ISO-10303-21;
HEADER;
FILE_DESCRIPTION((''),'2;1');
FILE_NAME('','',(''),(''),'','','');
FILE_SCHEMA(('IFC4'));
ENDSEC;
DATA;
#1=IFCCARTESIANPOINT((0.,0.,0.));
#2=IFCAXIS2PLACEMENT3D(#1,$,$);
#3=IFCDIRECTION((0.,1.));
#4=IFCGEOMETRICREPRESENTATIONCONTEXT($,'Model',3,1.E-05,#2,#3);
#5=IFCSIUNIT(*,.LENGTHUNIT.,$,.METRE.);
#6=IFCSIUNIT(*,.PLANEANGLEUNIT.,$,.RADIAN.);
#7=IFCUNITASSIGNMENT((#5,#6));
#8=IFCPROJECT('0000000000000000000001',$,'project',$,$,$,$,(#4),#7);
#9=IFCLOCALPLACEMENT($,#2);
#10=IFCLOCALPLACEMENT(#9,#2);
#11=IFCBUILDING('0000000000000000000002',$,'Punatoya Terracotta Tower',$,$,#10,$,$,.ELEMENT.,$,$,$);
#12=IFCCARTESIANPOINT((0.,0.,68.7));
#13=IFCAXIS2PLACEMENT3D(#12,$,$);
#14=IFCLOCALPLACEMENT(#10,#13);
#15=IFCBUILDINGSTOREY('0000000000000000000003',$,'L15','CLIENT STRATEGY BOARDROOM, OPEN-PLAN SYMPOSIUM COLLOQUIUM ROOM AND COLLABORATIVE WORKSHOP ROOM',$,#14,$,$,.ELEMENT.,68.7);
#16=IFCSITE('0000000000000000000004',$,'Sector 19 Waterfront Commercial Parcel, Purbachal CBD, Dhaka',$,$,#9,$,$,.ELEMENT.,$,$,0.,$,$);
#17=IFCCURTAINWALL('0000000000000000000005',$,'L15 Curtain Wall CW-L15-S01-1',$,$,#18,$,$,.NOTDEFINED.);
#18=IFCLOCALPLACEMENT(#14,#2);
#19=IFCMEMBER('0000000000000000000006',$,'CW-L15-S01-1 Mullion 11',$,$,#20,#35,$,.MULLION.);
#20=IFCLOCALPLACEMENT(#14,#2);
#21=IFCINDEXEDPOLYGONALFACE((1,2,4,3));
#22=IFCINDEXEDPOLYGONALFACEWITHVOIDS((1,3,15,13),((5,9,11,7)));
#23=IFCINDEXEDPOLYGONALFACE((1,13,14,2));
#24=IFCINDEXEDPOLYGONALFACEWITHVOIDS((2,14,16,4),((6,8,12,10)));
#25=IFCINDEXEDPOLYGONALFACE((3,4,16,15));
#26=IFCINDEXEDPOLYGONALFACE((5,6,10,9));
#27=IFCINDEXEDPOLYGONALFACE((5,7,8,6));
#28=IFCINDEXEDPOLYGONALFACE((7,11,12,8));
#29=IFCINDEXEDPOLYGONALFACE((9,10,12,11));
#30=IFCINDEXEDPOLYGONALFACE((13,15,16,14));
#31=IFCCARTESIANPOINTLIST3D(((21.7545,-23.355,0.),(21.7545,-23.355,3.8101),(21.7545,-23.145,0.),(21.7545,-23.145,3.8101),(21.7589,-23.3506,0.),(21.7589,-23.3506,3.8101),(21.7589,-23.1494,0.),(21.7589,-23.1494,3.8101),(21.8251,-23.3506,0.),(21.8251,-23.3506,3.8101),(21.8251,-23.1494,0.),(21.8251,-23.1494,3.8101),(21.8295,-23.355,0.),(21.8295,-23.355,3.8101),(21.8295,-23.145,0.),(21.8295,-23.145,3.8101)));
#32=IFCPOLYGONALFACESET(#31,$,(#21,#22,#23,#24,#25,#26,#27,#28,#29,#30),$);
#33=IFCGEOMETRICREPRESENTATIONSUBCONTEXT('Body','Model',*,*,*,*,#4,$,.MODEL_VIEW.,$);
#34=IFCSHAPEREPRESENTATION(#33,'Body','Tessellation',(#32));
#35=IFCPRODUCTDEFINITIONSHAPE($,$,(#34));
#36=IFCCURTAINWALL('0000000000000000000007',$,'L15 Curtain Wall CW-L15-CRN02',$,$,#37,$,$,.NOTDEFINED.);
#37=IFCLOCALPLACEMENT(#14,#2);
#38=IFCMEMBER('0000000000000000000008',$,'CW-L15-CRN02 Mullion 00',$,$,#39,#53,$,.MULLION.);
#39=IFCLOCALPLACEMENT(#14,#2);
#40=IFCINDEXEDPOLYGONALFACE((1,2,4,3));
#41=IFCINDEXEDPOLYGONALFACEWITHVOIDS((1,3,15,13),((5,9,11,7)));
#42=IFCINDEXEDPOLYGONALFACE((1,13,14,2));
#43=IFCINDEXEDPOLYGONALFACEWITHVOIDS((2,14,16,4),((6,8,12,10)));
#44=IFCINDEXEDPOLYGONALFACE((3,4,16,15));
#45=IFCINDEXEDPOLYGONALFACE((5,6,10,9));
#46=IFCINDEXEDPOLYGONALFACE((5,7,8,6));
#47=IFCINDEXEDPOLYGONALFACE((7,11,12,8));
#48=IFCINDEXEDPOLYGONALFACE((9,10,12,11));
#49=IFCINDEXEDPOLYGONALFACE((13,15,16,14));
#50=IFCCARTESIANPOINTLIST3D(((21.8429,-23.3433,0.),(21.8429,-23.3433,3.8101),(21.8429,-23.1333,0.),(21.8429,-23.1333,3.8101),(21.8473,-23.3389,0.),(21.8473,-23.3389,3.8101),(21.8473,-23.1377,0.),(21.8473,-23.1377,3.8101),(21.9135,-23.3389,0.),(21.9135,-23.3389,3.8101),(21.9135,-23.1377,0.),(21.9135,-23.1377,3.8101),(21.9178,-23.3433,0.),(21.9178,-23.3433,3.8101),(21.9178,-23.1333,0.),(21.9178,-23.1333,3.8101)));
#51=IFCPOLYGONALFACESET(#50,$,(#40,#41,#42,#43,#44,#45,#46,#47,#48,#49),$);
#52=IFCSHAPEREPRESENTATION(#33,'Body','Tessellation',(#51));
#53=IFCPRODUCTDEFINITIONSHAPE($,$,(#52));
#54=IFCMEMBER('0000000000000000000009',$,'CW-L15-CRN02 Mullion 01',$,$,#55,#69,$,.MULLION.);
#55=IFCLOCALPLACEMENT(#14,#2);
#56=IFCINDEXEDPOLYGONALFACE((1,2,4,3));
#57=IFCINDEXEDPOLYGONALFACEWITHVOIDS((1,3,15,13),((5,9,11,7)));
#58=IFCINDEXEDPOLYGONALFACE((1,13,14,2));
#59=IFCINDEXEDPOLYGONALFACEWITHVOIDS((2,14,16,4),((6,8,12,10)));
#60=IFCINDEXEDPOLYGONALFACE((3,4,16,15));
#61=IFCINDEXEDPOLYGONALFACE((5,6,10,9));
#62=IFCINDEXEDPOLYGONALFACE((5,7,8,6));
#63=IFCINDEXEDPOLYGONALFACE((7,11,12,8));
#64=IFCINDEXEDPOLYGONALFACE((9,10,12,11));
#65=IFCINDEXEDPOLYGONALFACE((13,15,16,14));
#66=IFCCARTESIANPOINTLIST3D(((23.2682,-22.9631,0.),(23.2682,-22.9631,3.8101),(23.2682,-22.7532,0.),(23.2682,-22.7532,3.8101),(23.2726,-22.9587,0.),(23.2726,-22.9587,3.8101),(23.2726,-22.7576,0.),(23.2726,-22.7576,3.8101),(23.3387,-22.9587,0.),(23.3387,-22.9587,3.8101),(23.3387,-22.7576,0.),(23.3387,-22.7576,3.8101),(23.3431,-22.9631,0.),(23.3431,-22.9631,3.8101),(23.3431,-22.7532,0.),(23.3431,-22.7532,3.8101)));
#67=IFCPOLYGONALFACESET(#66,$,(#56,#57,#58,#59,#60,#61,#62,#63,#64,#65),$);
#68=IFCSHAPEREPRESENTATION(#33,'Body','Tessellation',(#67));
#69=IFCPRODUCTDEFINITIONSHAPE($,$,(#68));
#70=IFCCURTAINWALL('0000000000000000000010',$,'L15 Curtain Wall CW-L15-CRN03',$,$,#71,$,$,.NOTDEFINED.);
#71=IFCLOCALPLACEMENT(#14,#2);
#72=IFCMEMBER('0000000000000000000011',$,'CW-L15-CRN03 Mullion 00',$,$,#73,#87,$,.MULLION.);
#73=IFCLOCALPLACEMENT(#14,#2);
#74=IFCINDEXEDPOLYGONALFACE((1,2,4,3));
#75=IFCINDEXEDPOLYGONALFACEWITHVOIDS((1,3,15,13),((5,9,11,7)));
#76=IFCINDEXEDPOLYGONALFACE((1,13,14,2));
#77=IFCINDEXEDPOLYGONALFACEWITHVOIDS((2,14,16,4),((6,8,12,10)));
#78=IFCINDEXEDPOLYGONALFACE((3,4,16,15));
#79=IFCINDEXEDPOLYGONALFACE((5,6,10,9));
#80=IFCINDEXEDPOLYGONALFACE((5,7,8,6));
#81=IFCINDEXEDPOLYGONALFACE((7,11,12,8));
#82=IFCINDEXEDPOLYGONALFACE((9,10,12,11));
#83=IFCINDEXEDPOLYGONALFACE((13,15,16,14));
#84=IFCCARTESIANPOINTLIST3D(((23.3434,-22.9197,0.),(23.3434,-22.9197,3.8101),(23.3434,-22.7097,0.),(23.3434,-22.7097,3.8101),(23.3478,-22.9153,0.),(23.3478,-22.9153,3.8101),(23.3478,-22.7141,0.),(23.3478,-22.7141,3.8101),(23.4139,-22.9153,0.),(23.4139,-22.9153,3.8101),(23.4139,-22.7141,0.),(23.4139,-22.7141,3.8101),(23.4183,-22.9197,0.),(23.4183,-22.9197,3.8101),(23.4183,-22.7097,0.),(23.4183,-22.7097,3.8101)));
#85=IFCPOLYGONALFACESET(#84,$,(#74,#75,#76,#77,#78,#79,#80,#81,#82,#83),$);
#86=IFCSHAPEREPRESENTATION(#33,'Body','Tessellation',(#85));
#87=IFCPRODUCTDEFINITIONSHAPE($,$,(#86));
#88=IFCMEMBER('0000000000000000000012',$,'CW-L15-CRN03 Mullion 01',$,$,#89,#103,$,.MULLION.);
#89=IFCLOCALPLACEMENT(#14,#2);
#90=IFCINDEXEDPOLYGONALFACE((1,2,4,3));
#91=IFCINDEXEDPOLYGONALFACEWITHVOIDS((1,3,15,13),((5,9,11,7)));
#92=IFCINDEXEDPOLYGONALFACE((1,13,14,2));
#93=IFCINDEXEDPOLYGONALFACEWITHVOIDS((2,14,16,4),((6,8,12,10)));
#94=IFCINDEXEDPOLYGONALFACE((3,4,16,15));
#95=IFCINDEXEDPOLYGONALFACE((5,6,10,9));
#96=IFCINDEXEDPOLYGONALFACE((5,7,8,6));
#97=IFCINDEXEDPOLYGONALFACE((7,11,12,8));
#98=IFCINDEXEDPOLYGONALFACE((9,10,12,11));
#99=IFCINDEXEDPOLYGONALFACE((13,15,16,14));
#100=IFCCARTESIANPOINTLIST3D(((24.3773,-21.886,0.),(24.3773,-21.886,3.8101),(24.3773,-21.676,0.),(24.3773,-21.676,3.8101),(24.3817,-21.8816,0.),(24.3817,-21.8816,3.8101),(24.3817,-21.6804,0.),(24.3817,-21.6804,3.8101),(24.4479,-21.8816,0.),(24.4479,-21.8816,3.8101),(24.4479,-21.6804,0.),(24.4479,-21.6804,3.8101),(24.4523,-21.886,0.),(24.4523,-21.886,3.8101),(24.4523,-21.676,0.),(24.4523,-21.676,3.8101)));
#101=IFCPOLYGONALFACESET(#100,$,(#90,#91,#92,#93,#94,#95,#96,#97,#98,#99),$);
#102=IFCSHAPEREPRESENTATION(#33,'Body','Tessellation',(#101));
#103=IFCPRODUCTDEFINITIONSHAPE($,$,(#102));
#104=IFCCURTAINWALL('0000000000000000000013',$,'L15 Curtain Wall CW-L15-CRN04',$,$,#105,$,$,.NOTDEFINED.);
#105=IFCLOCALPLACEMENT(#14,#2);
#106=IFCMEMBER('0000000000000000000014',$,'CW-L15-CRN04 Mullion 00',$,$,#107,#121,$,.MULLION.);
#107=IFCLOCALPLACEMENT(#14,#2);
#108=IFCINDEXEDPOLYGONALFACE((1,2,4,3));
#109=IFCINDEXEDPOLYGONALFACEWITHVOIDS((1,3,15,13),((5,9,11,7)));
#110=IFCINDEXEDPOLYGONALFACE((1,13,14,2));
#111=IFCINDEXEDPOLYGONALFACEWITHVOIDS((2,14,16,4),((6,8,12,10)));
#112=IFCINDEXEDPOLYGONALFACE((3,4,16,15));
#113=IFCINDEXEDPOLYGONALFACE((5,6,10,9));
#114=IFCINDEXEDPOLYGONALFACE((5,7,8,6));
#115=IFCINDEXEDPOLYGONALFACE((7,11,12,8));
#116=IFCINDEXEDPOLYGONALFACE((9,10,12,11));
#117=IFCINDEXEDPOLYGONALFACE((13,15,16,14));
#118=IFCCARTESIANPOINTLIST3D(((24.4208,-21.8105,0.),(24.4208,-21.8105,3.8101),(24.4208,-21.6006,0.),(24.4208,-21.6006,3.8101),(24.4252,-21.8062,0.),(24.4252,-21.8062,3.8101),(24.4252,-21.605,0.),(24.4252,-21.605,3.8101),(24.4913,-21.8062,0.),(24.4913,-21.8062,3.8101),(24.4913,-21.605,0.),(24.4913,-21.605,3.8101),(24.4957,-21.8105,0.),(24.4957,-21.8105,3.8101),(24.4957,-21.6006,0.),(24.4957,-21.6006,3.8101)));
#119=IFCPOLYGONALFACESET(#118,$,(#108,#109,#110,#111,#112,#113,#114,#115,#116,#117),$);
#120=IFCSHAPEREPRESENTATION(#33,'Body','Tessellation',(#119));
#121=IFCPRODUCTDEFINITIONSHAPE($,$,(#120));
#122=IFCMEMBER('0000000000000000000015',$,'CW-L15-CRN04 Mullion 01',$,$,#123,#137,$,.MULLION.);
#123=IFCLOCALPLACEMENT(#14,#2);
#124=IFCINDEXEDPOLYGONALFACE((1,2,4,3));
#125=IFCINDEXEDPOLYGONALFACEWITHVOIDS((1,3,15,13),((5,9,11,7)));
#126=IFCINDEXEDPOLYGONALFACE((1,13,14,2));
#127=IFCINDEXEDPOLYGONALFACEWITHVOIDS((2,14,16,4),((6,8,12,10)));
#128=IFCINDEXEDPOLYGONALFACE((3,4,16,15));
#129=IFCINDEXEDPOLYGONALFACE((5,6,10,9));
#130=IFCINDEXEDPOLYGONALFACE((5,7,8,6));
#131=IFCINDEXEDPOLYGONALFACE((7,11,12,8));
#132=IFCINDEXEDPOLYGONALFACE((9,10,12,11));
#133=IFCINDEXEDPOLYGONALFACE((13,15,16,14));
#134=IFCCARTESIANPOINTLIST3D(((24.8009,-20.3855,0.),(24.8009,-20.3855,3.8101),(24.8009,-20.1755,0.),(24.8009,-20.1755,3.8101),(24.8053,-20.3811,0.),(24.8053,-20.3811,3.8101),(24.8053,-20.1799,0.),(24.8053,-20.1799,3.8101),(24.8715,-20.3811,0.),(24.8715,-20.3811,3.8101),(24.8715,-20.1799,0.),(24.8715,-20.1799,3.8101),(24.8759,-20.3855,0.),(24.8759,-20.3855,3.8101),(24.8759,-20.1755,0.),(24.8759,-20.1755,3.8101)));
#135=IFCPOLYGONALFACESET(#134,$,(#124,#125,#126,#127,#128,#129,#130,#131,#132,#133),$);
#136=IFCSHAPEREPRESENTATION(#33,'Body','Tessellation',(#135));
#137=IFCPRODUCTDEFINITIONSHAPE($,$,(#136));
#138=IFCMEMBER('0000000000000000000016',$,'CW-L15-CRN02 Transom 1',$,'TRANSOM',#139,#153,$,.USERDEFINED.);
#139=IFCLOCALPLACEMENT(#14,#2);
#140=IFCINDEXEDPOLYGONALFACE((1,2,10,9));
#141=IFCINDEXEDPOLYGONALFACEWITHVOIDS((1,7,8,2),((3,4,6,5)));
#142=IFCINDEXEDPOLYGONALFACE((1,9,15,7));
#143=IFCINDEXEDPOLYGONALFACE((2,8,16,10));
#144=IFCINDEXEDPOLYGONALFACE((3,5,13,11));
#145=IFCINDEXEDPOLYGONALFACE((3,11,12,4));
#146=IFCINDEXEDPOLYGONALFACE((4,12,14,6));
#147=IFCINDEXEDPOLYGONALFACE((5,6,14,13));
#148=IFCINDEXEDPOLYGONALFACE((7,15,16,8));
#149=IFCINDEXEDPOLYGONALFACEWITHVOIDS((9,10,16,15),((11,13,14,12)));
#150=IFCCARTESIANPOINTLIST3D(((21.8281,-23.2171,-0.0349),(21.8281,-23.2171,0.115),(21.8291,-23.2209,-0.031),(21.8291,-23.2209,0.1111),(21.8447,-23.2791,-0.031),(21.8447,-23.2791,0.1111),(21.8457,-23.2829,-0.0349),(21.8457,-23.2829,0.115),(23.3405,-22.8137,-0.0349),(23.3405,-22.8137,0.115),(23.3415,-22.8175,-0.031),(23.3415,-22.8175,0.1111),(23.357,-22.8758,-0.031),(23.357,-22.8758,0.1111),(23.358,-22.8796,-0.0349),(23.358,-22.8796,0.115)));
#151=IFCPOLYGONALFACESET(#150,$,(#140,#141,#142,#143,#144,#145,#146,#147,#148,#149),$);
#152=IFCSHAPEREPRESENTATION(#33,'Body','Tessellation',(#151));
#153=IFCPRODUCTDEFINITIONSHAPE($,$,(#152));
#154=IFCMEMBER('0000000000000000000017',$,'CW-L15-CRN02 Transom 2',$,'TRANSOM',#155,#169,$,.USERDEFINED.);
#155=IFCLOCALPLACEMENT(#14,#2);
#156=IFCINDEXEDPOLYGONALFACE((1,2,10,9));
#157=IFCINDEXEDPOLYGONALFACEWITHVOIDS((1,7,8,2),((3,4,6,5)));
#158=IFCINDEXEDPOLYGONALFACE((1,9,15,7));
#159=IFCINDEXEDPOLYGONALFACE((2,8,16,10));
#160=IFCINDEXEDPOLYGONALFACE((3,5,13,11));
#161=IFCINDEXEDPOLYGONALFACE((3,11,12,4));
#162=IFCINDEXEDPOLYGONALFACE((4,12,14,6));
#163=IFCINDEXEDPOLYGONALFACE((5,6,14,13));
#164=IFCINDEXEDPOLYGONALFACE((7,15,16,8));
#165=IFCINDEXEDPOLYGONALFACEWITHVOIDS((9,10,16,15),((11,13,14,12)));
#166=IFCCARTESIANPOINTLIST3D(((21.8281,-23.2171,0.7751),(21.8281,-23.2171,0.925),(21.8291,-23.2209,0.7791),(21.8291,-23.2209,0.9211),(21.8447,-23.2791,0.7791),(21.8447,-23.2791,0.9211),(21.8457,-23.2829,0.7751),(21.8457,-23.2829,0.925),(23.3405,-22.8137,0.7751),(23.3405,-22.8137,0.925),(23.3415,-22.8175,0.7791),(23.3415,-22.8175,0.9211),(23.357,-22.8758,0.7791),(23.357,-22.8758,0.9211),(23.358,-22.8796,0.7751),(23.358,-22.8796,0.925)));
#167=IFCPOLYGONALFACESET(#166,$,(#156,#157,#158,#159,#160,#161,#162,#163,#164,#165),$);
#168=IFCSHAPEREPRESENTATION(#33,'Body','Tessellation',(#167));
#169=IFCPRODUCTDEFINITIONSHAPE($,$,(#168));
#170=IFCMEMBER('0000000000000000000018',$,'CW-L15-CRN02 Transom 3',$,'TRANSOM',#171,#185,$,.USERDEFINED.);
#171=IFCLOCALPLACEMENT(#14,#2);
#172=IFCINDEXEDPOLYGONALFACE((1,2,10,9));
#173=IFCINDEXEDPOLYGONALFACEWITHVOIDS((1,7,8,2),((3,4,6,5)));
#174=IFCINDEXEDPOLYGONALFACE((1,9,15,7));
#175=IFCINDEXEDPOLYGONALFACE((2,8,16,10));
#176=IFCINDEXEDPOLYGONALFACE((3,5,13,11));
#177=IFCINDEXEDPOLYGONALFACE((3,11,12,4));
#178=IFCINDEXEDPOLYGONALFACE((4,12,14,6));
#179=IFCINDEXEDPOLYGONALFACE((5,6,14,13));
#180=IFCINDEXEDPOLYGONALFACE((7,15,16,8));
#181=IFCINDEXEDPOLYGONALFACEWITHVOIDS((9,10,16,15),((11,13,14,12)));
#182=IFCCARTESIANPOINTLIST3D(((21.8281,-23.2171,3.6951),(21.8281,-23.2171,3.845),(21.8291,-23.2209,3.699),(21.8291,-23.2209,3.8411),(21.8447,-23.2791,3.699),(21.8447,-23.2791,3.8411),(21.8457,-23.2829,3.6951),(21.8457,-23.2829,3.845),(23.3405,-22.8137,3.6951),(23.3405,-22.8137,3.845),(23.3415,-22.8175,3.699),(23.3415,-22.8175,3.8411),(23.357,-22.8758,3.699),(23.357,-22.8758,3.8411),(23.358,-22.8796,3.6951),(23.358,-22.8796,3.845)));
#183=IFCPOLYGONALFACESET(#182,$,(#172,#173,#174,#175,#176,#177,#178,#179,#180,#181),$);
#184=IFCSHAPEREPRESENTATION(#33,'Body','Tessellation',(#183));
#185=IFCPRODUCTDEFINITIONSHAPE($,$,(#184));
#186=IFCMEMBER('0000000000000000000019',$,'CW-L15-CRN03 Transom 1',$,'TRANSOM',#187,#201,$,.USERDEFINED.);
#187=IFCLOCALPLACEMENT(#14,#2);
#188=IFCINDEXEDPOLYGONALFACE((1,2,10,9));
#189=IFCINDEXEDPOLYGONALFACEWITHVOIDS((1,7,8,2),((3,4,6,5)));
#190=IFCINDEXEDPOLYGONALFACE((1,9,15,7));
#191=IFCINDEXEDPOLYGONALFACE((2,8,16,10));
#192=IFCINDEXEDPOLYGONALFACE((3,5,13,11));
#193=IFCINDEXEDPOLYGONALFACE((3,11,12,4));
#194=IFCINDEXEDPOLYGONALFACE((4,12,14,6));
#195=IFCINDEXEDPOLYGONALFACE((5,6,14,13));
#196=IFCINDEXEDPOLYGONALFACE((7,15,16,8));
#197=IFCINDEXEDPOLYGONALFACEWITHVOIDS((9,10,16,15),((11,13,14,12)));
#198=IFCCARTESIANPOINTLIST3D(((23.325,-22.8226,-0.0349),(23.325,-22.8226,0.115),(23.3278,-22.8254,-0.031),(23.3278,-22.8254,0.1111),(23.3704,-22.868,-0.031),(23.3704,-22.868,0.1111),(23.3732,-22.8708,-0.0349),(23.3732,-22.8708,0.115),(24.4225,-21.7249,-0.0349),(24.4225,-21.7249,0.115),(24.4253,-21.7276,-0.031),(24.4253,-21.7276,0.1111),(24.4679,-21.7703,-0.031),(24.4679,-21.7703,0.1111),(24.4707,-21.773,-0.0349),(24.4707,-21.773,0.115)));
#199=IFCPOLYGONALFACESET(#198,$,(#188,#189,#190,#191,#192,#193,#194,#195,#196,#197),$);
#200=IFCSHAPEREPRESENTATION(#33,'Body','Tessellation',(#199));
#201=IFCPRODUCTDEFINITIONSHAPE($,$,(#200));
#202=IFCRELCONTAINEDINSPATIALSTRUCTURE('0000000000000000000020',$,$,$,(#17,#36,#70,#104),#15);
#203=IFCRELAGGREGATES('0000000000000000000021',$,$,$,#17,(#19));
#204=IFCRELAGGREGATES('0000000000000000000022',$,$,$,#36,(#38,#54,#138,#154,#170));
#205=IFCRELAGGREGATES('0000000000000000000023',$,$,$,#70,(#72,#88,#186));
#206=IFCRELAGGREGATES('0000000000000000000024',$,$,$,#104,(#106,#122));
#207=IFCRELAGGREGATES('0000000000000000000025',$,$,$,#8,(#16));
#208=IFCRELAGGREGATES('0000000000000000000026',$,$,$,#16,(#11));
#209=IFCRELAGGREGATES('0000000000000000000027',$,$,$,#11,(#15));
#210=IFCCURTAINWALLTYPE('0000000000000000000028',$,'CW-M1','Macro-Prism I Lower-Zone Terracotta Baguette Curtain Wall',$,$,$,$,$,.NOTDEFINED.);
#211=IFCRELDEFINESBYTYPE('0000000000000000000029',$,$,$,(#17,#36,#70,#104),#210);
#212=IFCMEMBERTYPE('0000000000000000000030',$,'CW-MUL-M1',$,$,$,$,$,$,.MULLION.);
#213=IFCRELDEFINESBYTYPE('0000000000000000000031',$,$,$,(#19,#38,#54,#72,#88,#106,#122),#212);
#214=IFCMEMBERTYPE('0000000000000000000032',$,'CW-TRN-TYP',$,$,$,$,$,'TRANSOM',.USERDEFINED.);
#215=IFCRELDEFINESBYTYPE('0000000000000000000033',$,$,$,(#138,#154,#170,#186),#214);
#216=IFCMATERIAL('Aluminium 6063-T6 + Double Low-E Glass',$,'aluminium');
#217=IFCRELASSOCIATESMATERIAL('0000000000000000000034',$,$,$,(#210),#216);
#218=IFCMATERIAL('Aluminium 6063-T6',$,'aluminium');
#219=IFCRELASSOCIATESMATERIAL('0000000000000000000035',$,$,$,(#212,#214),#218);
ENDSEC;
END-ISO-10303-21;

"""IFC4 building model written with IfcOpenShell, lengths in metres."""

from ifc_helpers import new_model, si_unit, direction, frame, origin, origin_2d, place, context, subcontext, project, spatial, hollow_rectangle, extrude, material, material_profile, profile_set, type_object, element, aggregate, save


model = new_model("IFC4")

# Units and contexts
model_context = context("Model", 3, precision=1e-05, world=origin(), true_north=direction((0.0, 1.0)))
body_context = subcontext(model_context, "Body", "Model", "MODEL_VIEW")
ifc_project = project(units=[si_unit("LENGTHUNIT", "METRE"), si_unit("PLANEANGLEUNIT", "RADIAN")], contexts=[model_context])

# Site, building, storey
site_placement = place(None, origin())
site = spatial("IfcSite", under=ifc_project, at=site_placement, Name="Sector 19 Waterfront Commercial Parcel, Purbachal CBD, Dhaka", CompositionType="ELEMENT", RefElevation=0.0)
building_placement = place(site_placement, origin())
building = spatial("IfcBuilding", under=site, at=building_placement, Name="Punatoya Terracotta Tower", CompositionType="ELEMENT")
storey_placement = place(building_placement, frame((0.0, 0.0, 68.7)))
storey = spatial("IfcBuildingStorey", under=building, at=storey_placement, Name="L15", Description="CLIENT STRATEGY BOARDROOM, OPEN-PLAN SYMPOSIUM COLLOQUIUM ROOM AND COLLABORATIVE WORKSHOP ROOM", CompositionType="ELEMENT", Elevation=68.7)

# Curtain wall, member
ifc_material_1 = material(Name="Aluminium 6063-T6 + Double Low-E Glass", Category="aluminium")
curtain_wall_type = type_object("IfcCurtainWallType", Name="CW-M1", Description="Macro-Prism I Lower-Zone Terracotta Baguette Curtain Wall", PredefinedType="NOTDEFINED", material=ifc_material_1)
curtain_wall_1_placement = place(storey_placement, origin())
curtain_wall_1 = element("IfcCurtainWall", 1, at=curtain_wall_1_placement, inside=storey, type_object=curtain_wall_type, Name="L15 Curtain Wall CW-L15-S01-1", PredefinedType="NOTDEFINED")
ifc_material_2 = material(Name="Aluminium 6063-T6", Category="aluminium")
ifc_material_profile_1 = material_profile(ifc_material_2, hollow_rectangle(XDim=0.075, YDim=0.21, WallThickness=0.0044, at=origin_2d()))
ifc_profile_set_1 = profile_set([ifc_material_profile_1], Name="Aluminium 6063-T6")
member_type_1 = type_object("IfcMemberType", Name="CW-MUL-M1", PredefinedType="MULLION", material=ifc_profile_set_1)
member_1_placement = place(storey_placement, frame((21.792, -23.25, 0.0), z_axis=(0.0, 0.0, 1.0), x_axis=(1.0, 0.0, 0.0)))
member_1 = element("IfcMember", 2, at=member_1_placement, type_object=member_type_1, Name="CW-L15-S01-1 Mullion 11", PredefinedType="MULLION", context=body_context, shape_type="SweptSolid", body=[
    extrude(hollow_rectangle(XDim=0.075, YDim=0.21, WallThickness=0.0044, at=origin_2d()), origin(), (0.0, 0.0, 1.0), 3.8101),
])

# Curtain walls, members
curtain_wall_2_placement = place(storey_placement, origin())
curtain_wall_2 = element("IfcCurtainWall", 3, at=curtain_wall_2_placement, inside=storey, type_object=curtain_wall_type, Name="L15 Curtain Wall CW-L15-CRN02", PredefinedType="NOTDEFINED")
member_2_placement = place(storey_placement, frame((21.8804, -23.2383, 0.0), z_axis=(0.0, 0.0, 1.0), x_axis=(1.0, 0.0, 0.0)))
member_2 = element("IfcMember", 4, at=member_2_placement, type_object=member_type_1, Name="CW-L15-CRN02 Mullion 00", PredefinedType="MULLION", context=body_context, shape_type="SweptSolid", body=[
    extrude(hollow_rectangle(XDim=0.075, YDim=0.21, WallThickness=0.0044, at=origin_2d()), origin(), (0.0, 0.0, 1.0), 3.8101),
])
member_3_placement = place(storey_placement, frame((23.3057, -22.8582, 0.0), z_axis=(0.0, 0.0, 1.0), x_axis=(1.0, 0.0, 0.0)))
member_3 = element("IfcMember", 5, at=member_3_placement, type_object=member_type_1, Name="CW-L15-CRN02 Mullion 01", PredefinedType="MULLION", context=body_context, shape_type="SweptSolid", body=[
    extrude(hollow_rectangle(XDim=0.075, YDim=0.21, WallThickness=0.0044, at=origin_2d()), origin(), (0.0, 0.0, 1.0), 3.8101),
])
curtain_wall_3_placement = place(storey_placement, origin())
curtain_wall_3 = element("IfcCurtainWall", 6, at=curtain_wall_3_placement, inside=storey, type_object=curtain_wall_type, Name="L15 Curtain Wall CW-L15-CRN03", PredefinedType="NOTDEFINED")
member_4_placement = place(storey_placement, frame((23.3809, -22.8147, 0.0), z_axis=(0.0, 0.0, 1.0), x_axis=(1.0, 0.0, 0.0)))
member_4 = element("IfcMember", 7, at=member_4_placement, type_object=member_type_1, Name="CW-L15-CRN03 Mullion 00", PredefinedType="MULLION", context=body_context, shape_type="SweptSolid", body=[
    extrude(hollow_rectangle(XDim=0.075, YDim=0.21, WallThickness=0.0044, at=origin_2d()), origin(), (0.0, 0.0, 1.0), 3.8101),
])
member_5_placement = place(storey_placement, frame((24.4148, -21.781, 0.0), z_axis=(0.0, 0.0, 1.0), x_axis=(1.0, 0.0, 0.0)))
member_5 = element("IfcMember", 8, at=member_5_placement, type_object=member_type_1, Name="CW-L15-CRN03 Mullion 01", PredefinedType="MULLION", context=body_context, shape_type="SweptSolid", body=[
    extrude(hollow_rectangle(XDim=0.075, YDim=0.21, WallThickness=0.0044, at=origin_2d()), origin(), (0.0, 0.0, 1.0), 3.8101),
])
curtain_wall_4_placement = place(storey_placement, origin())
curtain_wall_4 = element("IfcCurtainWall", 9, at=curtain_wall_4_placement, inside=storey, type_object=curtain_wall_type, Name="L15 Curtain Wall CW-L15-CRN04", PredefinedType="NOTDEFINED")
member_6_placement = place(storey_placement, frame((24.4583, -21.7056, 0.0), z_axis=(0.0, 0.0, 1.0), x_axis=(1.0, 0.0, 0.0)))
member_6 = element("IfcMember", 10, at=member_6_placement, type_object=member_type_1, Name="CW-L15-CRN04 Mullion 00", PredefinedType="MULLION", context=body_context, shape_type="SweptSolid", body=[
    extrude(hollow_rectangle(XDim=0.075, YDim=0.21, WallThickness=0.0044, at=origin_2d()), origin(), (0.0, 0.0, 1.0), 3.8101),
])
member_7_placement = place(storey_placement, frame((24.8384, -20.2805, 0.0), z_axis=(0.0, 0.0, 1.0), x_axis=(1.0, 0.0, 0.0)))
member_7 = element("IfcMember", 11, at=member_7_placement, type_object=member_type_1, Name="CW-L15-CRN04 Mullion 01", PredefinedType="MULLION", context=body_context, shape_type="SweptSolid", body=[
    extrude(hollow_rectangle(XDim=0.075, YDim=0.21, WallThickness=0.0044, at=origin_2d()), origin(), (0.0, 0.0, 1.0), 3.8101),
])

# Members
ifc_material_profile_2 = material_profile(ifc_material_2, hollow_rectangle(XDim=0.0681, YDim=0.1499, WallThickness=0.0039, at=origin_2d()))
ifc_profile_set_2 = profile_set([ifc_material_profile_2], Name="Aluminium 6063-T6")
member_type_2 = type_object("IfcMemberType", Name="CW-TRN-TYP", ElementType="TRANSOM", PredefinedType="USERDEFINED", material=ifc_profile_set_2)
member_8_placement = place(storey_placement, frame((21.8369, -23.25, 0.04), z_axis=(0.966225, 0.257701, 0.0), x_axis=(-0.257701, 0.966225, 0.0)))
member_8 = element("IfcMember", 12, at=member_8_placement, type_object=member_type_2, Name="CW-L15-CRN02 Transom 1", ObjectType="TRANSOM", PredefinedType="USERDEFINED", context=body_context, shape_type="SweptSolid", body=[
    extrude(hollow_rectangle(XDim=0.0681, YDim=0.1499, WallThickness=0.0039, at=origin_2d()), origin(), (0.0, 0.0, 1.0), 1.5652),
])
member_9_placement = place(storey_placement, frame((21.8369, -23.25, 0.8501), z_axis=(0.966225, 0.257701, 0.0), x_axis=(-0.257701, 0.966225, 0.0)))
member_9 = element("IfcMember", 13, at=member_9_placement, type_object=member_type_2, Name="CW-L15-CRN02 Transom 2", ObjectType="TRANSOM", PredefinedType="USERDEFINED", context=body_context, shape_type="SweptSolid", body=[
    extrude(hollow_rectangle(XDim=0.0681, YDim=0.1499, WallThickness=0.0039, at=origin_2d()), origin(), (0.0, 0.0, 1.0), 1.5652),
])
member_10_placement = place(storey_placement, frame((21.8369, -23.25, 3.77), z_axis=(0.966225, 0.257701, 0.0), x_axis=(-0.257701, 0.966225, 0.0)))
member_10 = element("IfcMember", 14, at=member_10_placement, type_object=member_type_2, Name="CW-L15-CRN02 Transom 3", ObjectType="TRANSOM", PredefinedType="USERDEFINED", context=body_context, shape_type="SweptSolid", body=[
    extrude(hollow_rectangle(XDim=0.0681, YDim=0.1499, WallThickness=0.0039, at=origin_2d()), origin(), (0.0, 0.0, 1.0), 1.5652),
])
member_11_placement = place(storey_placement, frame((23.3491, -22.8467, 0.04), z_axis=(0.707028, 0.707185, 0.0), x_axis=(-0.707185, 0.707028, 0.0)))
member_11 = element("IfcMember", 15, at=member_11_placement, type_object=member_type_2, Name="CW-L15-CRN03 Transom 1", ObjectType="TRANSOM", PredefinedType="USERDEFINED", context=body_context, shape_type="SweptSolid", body=[
    extrude(hollow_rectangle(XDim=0.0681, YDim=0.1499, WallThickness=0.0039, at=origin_2d()), origin(), (0.0, 0.0, 1.0), 1.5522),
])

aggregate(curtain_wall_1, [member_1])
aggregate(curtain_wall_2, [member_2, member_3, member_8, member_9, member_10])
aggregate(curtain_wall_3, [member_4, member_5, member_11])
aggregate(curtain_wall_4, [member_6, member_7])

save(model, "model.ifc")
